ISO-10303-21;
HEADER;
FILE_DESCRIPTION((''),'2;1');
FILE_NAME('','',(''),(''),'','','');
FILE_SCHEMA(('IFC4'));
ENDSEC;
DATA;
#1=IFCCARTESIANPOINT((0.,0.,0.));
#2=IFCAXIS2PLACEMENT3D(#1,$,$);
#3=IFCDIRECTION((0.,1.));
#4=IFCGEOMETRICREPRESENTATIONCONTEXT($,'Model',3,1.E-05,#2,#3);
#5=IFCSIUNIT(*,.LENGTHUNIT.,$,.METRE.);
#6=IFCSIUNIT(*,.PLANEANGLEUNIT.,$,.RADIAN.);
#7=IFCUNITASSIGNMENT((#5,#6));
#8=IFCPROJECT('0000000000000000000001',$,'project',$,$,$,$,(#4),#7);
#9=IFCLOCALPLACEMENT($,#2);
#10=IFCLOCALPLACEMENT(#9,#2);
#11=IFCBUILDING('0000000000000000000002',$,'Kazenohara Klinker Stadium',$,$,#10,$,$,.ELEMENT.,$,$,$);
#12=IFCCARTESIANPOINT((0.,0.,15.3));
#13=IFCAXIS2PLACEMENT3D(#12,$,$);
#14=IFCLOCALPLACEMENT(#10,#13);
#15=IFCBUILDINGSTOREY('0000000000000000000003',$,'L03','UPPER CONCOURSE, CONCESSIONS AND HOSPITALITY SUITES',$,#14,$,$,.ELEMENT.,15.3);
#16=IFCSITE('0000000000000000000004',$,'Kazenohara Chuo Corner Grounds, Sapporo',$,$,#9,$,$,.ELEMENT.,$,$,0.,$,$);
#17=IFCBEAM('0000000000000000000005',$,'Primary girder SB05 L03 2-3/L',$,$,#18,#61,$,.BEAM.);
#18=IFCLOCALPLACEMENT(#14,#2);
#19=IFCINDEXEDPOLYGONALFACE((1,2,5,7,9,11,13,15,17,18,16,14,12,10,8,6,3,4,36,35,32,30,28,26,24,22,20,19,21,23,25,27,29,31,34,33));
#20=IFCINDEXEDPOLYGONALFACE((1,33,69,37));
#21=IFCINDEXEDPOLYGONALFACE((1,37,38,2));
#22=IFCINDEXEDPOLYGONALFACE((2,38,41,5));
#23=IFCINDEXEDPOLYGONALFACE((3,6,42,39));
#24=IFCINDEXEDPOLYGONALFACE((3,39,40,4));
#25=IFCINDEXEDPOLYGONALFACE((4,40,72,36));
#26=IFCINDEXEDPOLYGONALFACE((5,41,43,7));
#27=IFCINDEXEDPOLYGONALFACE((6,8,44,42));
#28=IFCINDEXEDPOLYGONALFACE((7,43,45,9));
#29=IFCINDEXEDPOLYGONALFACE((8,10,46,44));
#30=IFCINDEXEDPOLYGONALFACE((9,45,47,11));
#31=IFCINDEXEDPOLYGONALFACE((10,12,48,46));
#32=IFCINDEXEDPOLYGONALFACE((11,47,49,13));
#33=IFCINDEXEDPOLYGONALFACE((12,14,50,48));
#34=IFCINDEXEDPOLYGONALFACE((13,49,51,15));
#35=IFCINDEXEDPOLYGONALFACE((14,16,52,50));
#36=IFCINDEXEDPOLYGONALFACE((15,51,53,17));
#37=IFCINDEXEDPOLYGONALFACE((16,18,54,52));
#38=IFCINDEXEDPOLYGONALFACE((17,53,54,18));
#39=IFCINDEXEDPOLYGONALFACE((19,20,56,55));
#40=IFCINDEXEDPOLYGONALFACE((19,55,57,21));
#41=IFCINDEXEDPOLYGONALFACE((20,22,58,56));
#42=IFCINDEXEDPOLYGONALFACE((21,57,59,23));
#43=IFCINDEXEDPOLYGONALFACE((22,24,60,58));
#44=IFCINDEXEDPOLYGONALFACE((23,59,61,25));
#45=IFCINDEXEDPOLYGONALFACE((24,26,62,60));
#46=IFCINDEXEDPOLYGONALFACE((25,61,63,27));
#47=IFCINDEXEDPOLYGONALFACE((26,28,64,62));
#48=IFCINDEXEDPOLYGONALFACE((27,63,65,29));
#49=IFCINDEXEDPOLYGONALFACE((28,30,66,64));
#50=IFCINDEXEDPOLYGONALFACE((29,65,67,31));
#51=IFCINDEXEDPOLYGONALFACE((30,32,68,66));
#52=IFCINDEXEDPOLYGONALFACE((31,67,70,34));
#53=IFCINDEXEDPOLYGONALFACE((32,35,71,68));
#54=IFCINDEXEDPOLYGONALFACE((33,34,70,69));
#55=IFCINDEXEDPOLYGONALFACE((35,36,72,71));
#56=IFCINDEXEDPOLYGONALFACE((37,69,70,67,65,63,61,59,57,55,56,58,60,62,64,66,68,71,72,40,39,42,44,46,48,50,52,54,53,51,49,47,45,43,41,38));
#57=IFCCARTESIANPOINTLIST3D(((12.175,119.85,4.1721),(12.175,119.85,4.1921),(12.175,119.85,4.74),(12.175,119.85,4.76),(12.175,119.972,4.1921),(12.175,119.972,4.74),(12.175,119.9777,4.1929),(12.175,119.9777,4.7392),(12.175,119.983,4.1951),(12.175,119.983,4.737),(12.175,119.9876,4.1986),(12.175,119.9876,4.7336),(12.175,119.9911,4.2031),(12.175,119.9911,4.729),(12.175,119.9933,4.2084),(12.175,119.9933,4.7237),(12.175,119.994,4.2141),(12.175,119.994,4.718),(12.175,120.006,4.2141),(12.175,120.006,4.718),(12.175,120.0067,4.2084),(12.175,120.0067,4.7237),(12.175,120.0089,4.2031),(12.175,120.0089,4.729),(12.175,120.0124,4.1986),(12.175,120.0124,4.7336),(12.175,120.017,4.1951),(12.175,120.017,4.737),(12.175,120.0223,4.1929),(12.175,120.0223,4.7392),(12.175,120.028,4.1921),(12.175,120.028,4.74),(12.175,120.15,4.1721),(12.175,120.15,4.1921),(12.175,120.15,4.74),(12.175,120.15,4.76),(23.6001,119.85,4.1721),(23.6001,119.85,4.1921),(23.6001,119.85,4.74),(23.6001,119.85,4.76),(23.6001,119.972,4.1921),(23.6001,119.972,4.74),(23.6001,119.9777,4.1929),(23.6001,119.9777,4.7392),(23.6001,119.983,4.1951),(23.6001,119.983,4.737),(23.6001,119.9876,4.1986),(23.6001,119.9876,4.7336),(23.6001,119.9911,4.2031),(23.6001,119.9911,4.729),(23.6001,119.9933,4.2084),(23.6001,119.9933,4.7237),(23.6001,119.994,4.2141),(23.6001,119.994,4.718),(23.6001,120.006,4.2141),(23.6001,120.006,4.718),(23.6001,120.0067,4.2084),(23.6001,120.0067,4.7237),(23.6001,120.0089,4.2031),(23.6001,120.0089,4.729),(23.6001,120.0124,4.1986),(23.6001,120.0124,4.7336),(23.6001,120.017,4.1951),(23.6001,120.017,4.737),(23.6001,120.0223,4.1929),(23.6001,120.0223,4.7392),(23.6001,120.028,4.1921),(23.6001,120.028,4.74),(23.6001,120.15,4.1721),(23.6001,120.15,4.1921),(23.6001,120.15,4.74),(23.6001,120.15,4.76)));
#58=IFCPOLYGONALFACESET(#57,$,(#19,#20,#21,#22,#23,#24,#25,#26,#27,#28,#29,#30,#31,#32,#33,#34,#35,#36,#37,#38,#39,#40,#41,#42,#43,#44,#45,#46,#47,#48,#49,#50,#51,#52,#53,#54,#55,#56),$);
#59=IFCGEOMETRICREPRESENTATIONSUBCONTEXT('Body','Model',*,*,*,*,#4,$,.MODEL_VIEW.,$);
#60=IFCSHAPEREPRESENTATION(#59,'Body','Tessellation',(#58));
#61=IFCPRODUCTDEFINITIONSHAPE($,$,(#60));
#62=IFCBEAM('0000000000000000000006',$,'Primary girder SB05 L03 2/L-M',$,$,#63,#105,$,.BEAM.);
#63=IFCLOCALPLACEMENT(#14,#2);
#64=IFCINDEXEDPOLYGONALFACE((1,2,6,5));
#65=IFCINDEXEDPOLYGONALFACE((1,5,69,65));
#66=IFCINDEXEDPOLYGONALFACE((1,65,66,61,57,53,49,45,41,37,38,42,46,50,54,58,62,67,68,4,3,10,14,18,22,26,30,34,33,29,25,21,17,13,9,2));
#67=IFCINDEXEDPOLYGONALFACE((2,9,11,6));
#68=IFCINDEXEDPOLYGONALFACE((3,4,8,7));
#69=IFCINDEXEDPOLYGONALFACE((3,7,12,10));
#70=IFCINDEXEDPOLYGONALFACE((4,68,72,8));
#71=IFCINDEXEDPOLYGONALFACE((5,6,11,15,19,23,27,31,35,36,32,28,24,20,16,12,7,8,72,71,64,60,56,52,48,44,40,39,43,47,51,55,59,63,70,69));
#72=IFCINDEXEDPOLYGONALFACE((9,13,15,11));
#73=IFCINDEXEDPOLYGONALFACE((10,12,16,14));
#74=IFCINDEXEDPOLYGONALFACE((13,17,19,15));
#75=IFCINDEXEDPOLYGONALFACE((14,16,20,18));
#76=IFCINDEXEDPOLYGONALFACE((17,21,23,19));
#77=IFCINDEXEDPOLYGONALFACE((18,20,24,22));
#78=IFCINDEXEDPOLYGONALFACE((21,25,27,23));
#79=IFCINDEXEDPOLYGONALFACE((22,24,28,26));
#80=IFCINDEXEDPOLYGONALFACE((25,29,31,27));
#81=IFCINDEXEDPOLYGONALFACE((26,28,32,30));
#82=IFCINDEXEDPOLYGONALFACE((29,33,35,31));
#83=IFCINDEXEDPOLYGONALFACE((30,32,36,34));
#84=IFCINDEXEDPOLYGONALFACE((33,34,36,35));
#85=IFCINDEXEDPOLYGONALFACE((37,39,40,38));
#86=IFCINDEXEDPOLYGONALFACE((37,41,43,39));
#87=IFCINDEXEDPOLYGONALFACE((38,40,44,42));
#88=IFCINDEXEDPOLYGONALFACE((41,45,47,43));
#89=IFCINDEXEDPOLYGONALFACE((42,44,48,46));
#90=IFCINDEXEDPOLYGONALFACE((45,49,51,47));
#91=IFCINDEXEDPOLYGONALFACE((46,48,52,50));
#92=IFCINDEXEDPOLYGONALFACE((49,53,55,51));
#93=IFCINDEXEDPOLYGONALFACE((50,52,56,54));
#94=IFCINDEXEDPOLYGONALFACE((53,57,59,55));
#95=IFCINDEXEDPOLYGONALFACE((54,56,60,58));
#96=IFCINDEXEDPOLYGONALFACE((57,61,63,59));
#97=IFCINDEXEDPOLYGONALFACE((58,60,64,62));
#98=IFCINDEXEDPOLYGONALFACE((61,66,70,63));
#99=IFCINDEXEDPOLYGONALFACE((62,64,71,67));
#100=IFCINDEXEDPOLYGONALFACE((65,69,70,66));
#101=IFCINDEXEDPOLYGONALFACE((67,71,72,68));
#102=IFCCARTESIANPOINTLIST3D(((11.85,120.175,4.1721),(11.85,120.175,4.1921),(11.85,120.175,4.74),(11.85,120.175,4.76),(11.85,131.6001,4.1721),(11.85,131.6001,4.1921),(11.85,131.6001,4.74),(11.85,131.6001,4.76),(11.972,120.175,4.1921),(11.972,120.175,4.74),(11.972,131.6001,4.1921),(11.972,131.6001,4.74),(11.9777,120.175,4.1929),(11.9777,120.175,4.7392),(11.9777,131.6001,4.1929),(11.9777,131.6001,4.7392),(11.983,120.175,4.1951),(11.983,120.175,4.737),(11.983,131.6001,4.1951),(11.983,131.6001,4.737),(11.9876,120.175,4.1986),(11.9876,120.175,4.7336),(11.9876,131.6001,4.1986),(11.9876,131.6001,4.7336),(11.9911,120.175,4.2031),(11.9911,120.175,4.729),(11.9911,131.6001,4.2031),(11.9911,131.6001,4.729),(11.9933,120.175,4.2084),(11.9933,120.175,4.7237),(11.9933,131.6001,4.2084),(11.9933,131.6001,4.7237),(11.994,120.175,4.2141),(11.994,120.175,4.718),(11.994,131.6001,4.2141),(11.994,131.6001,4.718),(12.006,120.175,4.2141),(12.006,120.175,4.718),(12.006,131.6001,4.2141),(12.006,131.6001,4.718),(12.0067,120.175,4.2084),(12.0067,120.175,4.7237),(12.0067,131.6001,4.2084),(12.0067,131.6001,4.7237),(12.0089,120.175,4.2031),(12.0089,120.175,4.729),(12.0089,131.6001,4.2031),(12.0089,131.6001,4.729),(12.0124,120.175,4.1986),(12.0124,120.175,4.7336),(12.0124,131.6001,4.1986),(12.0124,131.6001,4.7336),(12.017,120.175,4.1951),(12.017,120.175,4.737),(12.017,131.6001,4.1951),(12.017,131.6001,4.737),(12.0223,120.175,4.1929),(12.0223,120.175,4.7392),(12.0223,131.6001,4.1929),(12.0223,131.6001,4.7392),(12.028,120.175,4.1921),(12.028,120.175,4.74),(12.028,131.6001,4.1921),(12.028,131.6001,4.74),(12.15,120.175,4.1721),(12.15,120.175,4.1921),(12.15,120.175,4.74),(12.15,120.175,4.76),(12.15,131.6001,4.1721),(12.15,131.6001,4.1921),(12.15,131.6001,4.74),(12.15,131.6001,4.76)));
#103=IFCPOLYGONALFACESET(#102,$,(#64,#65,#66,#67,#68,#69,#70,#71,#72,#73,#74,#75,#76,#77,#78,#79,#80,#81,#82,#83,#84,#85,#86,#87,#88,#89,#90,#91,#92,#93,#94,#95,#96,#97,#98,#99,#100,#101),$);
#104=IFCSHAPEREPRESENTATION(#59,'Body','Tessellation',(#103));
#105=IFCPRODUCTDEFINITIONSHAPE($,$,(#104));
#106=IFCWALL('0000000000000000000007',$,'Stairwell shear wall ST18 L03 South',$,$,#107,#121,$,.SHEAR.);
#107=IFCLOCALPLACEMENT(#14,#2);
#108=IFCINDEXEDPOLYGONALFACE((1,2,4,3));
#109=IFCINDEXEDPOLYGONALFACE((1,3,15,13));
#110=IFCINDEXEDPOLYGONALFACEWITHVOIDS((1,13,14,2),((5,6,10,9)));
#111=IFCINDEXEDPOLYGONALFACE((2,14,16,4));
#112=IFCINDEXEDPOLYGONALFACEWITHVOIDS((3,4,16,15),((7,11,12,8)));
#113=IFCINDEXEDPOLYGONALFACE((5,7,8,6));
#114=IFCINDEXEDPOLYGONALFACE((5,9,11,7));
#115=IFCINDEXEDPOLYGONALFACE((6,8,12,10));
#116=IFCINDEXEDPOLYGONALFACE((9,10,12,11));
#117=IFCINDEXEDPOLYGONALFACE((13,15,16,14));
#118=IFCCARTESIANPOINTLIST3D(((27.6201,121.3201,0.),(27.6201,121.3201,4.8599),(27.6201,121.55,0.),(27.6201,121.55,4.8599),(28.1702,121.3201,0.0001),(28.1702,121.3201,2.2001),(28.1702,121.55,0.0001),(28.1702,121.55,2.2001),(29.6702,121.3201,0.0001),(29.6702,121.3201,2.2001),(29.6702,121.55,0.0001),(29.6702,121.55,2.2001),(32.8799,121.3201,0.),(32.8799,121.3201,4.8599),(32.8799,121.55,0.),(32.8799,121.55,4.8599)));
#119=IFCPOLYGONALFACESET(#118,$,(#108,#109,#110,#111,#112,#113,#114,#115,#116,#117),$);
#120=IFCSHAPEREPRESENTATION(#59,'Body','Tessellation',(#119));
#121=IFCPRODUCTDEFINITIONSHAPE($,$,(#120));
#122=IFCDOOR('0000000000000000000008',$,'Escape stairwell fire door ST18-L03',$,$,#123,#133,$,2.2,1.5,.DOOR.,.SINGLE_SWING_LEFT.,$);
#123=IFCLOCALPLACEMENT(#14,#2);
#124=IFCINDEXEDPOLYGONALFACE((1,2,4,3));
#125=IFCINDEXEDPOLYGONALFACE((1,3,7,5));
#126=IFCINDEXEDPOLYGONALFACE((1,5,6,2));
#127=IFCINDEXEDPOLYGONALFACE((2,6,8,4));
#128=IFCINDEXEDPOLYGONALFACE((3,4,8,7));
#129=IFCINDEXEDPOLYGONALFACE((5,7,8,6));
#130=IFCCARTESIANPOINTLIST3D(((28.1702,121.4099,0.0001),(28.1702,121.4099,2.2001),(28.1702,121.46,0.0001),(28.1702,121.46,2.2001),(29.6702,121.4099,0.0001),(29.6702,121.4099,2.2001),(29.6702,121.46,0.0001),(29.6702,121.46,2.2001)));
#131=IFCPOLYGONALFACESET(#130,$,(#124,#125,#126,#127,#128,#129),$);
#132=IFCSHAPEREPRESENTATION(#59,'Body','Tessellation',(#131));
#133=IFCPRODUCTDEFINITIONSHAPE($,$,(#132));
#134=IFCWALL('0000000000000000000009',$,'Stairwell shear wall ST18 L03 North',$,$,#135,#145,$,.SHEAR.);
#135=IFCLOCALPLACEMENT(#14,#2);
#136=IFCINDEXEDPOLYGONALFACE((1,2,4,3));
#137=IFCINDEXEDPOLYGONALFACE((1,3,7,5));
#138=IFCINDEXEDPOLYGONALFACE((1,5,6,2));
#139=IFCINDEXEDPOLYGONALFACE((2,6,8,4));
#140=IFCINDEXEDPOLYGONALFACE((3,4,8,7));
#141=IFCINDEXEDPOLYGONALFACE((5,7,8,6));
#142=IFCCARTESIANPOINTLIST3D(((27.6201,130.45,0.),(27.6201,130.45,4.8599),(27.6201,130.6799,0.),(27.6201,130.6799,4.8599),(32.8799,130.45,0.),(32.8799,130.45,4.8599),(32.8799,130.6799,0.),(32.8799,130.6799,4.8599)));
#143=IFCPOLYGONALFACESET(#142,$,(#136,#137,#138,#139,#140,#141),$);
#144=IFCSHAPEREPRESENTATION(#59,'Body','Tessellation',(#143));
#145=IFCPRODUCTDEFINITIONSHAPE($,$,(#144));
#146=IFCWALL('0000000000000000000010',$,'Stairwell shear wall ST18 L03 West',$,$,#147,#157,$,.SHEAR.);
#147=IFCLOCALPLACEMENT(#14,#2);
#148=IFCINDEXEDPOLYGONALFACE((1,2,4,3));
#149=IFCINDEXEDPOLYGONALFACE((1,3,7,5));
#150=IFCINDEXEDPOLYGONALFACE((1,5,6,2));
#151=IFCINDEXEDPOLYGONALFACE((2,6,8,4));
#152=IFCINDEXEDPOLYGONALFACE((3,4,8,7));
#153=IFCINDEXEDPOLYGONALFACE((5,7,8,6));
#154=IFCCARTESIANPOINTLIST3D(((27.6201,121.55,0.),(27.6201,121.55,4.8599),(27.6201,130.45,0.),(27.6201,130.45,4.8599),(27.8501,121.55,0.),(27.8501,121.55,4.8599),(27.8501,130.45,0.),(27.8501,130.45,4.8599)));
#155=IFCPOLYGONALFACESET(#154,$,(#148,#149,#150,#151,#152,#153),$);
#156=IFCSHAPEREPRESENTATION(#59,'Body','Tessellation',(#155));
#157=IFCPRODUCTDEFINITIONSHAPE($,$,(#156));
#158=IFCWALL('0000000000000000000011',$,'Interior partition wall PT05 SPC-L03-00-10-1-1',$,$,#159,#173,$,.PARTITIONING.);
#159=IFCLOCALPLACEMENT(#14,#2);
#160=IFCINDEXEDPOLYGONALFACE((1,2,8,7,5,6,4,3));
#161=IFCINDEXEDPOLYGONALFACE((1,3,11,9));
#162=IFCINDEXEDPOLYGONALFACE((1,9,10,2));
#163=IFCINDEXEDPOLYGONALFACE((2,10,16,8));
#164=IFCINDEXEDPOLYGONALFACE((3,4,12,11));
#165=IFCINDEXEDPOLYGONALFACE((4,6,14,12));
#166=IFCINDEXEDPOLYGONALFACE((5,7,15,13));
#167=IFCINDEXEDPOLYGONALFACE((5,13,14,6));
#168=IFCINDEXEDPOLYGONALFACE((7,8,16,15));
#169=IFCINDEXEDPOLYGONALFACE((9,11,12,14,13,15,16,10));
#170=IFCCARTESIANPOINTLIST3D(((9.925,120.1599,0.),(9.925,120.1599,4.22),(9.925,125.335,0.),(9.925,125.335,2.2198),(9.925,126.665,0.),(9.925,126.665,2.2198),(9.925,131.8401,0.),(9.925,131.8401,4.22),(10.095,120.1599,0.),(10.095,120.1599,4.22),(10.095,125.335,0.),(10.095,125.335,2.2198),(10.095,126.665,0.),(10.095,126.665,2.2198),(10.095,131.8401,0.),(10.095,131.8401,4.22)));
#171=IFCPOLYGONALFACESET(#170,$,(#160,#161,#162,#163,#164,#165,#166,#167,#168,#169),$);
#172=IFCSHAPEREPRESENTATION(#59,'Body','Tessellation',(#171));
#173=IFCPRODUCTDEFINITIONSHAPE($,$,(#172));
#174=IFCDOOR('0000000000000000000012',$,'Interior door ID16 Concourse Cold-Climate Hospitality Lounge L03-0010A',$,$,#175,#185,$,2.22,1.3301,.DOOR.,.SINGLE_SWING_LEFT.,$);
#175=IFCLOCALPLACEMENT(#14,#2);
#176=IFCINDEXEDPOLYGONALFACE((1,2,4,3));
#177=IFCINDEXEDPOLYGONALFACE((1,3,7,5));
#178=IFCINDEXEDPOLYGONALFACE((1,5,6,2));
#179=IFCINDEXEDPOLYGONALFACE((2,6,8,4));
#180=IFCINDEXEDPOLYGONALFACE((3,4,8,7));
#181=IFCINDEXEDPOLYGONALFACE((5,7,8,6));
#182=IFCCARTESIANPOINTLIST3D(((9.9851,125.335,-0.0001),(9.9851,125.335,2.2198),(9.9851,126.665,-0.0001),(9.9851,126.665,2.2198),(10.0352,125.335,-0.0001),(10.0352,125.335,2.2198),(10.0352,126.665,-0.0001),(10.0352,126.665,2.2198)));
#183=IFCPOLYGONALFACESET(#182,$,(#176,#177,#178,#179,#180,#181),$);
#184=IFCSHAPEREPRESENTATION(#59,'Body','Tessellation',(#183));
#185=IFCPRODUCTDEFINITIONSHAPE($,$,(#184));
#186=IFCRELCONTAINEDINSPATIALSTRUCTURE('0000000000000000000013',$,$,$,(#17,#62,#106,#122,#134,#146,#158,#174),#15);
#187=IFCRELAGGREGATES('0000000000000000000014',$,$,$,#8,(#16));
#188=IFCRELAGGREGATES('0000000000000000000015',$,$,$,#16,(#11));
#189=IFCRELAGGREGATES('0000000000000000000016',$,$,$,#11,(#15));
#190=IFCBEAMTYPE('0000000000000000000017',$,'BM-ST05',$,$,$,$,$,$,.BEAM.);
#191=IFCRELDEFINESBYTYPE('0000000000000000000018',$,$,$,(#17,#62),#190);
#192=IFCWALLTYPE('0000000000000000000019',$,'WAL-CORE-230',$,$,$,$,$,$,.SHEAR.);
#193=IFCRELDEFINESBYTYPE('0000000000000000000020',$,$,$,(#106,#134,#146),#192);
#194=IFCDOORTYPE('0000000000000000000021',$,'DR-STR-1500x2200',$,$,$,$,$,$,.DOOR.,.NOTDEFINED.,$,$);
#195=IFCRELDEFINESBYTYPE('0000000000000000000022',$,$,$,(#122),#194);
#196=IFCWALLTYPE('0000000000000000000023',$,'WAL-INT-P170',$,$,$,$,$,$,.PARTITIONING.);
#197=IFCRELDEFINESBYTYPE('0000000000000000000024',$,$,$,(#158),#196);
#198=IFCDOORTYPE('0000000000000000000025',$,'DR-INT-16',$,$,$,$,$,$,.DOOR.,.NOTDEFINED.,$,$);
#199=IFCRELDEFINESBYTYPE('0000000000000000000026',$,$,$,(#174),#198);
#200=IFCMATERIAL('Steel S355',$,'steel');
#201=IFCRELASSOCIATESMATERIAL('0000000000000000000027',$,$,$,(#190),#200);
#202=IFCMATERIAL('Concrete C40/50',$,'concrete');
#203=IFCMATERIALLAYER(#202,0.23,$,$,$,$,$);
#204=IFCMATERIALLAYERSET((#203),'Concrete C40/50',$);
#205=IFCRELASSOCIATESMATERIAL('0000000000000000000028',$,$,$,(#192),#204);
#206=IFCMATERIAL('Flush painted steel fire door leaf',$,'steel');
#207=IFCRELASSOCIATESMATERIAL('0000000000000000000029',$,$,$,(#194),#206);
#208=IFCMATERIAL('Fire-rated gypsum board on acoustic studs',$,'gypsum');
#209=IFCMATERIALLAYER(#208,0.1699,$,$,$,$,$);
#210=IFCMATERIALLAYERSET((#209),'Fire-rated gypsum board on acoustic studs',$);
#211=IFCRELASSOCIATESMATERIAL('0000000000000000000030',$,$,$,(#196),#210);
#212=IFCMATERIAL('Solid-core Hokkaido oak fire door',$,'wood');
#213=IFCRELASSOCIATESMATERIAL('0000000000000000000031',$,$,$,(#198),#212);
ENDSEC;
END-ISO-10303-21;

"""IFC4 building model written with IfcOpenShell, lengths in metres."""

from ifc_helpers import new_model, si_unit, direction, frame, frame_2d, origin, origin_2d, place, context, subcontext, project, spatial, rectangle, i_section, extrude, material, layer, layer_set, material_profile, profile_set, type_object, element, fill, save


model = new_model("IFC4")

# Units and contexts
model_context = context("Model", 3, precision=1e-05, world=origin(), true_north=direction((0.0, 1.0)))
body_context = subcontext(model_context, "Body", "Model", "MODEL_VIEW")
ifc_project = project(units=[si_unit("LENGTHUNIT", "METRE"), si_unit("PLANEANGLEUNIT", "RADIAN")], contexts=[model_context])

# Site, building, storey
site_placement = place(None, origin())
site = spatial("IfcSite", under=ifc_project, at=site_placement, Name="Kazenohara Chuo Corner Grounds, Sapporo", CompositionType="ELEMENT", RefElevation=0.0)
building_placement = place(site_placement, origin())
building = spatial("IfcBuilding", under=site, at=building_placement, Name="Kazenohara Klinker Stadium", CompositionType="ELEMENT")
storey_placement = place(building_placement, frame((0.0, 0.0, 15.3)))
storey = spatial("IfcBuildingStorey", under=building, at=storey_placement, Name="L03", Description="UPPER CONCOURSE, CONCESSIONS AND HOSPITALITY SUITES", CompositionType="ELEMENT", Elevation=15.3)

# Shared definitions
ifc_material_1 = material(Name="Concrete C40/50", Category="concrete")

# Beams
ifc_material_2 = material(Name="Steel S355", Category="steel")
ifc_material_profile_1 = material_profile(ifc_material_2, i_section(OverallWidth=0.3, OverallDepth=0.5879, WebThickness=0.012, FlangeThickness=0.02, FilletRadius=0.022, at=origin_2d()), Name="H-588x300x12x20")
ifc_profile_set_1 = profile_set([ifc_material_profile_1], Name="Steel S355")
beam_type_1 = type_object("IfcBeamType", Name="BM-ST05", PredefinedType="BEAM", material=ifc_profile_set_1)
for number, where, z_axis, x_axis, name in (
    (1, (12.175, 120.0, 4.4661), (1.0, 0.0, 0.0), (0.0, 1.0, 0.0), "Primary girder SB05 L03 2-3/L"),
    (2, (12.0, 120.175, 4.4661), (0.0, 1.0, 0.0), (-1.0, 0.0, 0.0), "Primary girder SB05 L03 2/L-M"),
):
    element("IfcBeam", number, at=place(storey_placement, frame(where, z_axis=z_axis, x_axis=x_axis)), inside=storey, type_object=beam_type_1, Name=name, PredefinedType="BEAM", context=body_context, shape_type="SweptSolid", body=[
        extrude(i_section(OverallWidth=0.3, OverallDepth=0.5879, WebThickness=0.012, FlangeThickness=0.02, FilletRadius=0.022, at=origin_2d()), origin(), (0.0, 0.0, 1.0), 11.425),
    ])

# Wall, opening, door
ifc_layer_1 = layer(ifc_material_1, 0.23)
ifc_layer_set_1 = layer_set([ifc_layer_1], Name="Concrete C40/50")
wall_type_1 = type_object("IfcWallType", Name="WAL-CORE-230", PredefinedType="SHEAR", material=ifc_layer_set_1)
wall_1_placement = place(storey_placement, frame((27.6201, 121.4351, 0.0), z_axis=(0.0, 0.0, 1.0), x_axis=(1.0, 0.0, 0.0)))
wall_1 = element("IfcWall", 3, at=wall_1_placement, inside=storey, type_object=wall_type_1, Name="Stairwell shear wall ST18 L03 South", PredefinedType="SHEAR", context=body_context, shape_type="SweptSolid", body=[
    extrude(rectangle(XDim=5.2598, YDim=0.23, at=frame_2d((2.6299, 0.0))), origin(), (0.0, 0.0, 1.0), 4.8599),
])
opening_1_placement = place(wall_1_placement, frame((0.55, 0.0, 0.0)))
opening_1 = element("IfcOpeningElement", 4, at=opening_1_placement, cuts=wall_1, PredefinedType="OPENING", context=body_context, shape_type="SweptSolid", body=[
    extrude(rectangle(XDim=1.5, YDim=2.2, at=frame_2d((0.75, 1.1001))), frame((0.0, 0.125, 0.0), z_axis=(0.0, -1.0, 0.0), x_axis=(1.0, 0.0, 0.0)), (0.0, 0.0, 1.0), 0.25),
])
ifc_material_3 = material(Name="Flush painted steel fire door leaf", Category="steel")
door_type_1 = type_object("IfcDoorType", Name="DR-STR-1500x2200", OperationType="NOTDEFINED", PredefinedType="DOOR", material=ifc_material_3)
door_1_placement = place(opening_1_placement, origin())
door_1 = element("IfcDoor", 5, at=door_1_placement, inside=storey, type_object=door_type_1, Name="Escape stairwell fire door ST18-L03", OperationType="SINGLE_SWING_LEFT", OverallHeight=2.2, OverallWidth=1.5, PredefinedType="DOOR", context=body_context, shape_type="SweptSolid", body=[
    extrude(rectangle(XDim=1.5, YDim=2.2, at=frame_2d((0.75, 1.1001))), frame((0.0, 0.0249, 0.0), z_axis=(0.0, -1.0, 0.0), x_axis=(1.0, 0.0, 0.0)), (0.0, 0.0, 1.0), 0.05),
])
fill(opening_1, door_1)

# Walls
wall_2_placement = place(storey_placement, frame((27.6201, 130.5649, 0.0), z_axis=(0.0, 0.0, 1.0), x_axis=(1.0, 0.0, 0.0)))
element("IfcWall", 6, at=wall_2_placement, inside=storey, type_object=wall_type_1, Name="Stairwell shear wall ST18 L03 North", PredefinedType="SHEAR", context=body_context, shape_type="SweptSolid", body=[
    extrude(rectangle(XDim=5.2598, YDim=0.23, at=frame_2d((2.6299, 0.0))), origin(), (0.0, 0.0, 1.0), 4.8599),
])
wall_3_placement = place(storey_placement, frame((27.7351, 121.55, 0.0), z_axis=(0.0, 0.0, 1.0), x_axis=(0.0, 1.0, 0.0)))
element("IfcWall", 7, at=wall_3_placement, inside=storey, type_object=wall_type_1, Name="Stairwell shear wall ST18 L03 West", PredefinedType="SHEAR", context=body_context, shape_type="SweptSolid", body=[
    extrude(rectangle(XDim=8.8999, YDim=0.23, at=frame_2d((4.45, 0.0))), origin(), (0.0, 0.0, 1.0), 4.8599),
])

# Wall, opening, door
ifc_material_4 = material(Name="Fire-rated gypsum board on acoustic studs", Category="gypsum")
ifc_layer_2 = layer(ifc_material_4, 0.1699)
ifc_layer_set_2 = layer_set([ifc_layer_2], Name="Fire-rated gypsum board on acoustic studs")
wall_type_2 = type_object("IfcWallType", Name="WAL-INT-P170", PredefinedType="PARTITIONING", material=ifc_layer_set_2)
wall_4_placement = place(storey_placement, frame((10.01, 120.1599, 0.0), z_axis=(0.0, 0.0, 1.0), x_axis=(0.0, 1.0, 0.0)))
wall_4 = element("IfcWall", 8, at=wall_4_placement, inside=storey, type_object=wall_type_2, Name="Interior partition wall PT05 SPC-L03-00-10-1-1", PredefinedType="PARTITIONING", context=body_context, shape_type="SweptSolid", body=[
    extrude(rectangle(XDim=11.6802, YDim=0.1699, at=frame_2d((5.8401, 0.0))), origin(), (0.0, 0.0, 1.0), 4.22),
])
opening_2_placement = place(wall_4_placement, frame((5.175, 0.0, 0.0)))
opening_2 = element("IfcOpeningElement", 9, at=opening_2_placement, cuts=wall_4, PredefinedType="OPENING", context=body_context, shape_type="SweptSolid", body=[
    extrude(rectangle(XDim=1.3301, YDim=2.22, at=frame_2d((0.665, 1.1099))), frame((0.0, 0.095, 0.0), z_axis=(0.0, -1.0, 0.0), x_axis=(1.0, 0.0, 0.0)), (0.0, 0.0, 1.0), 0.1899),
])
ifc_material_5 = material(Name="Solid-core Hokkaido oak fire door", Category="wood")
door_type_2 = type_object("IfcDoorType", Name="DR-INT-16", OperationType="NOTDEFINED", PredefinedType="DOOR", material=ifc_material_5)
door_2_placement = place(opening_2_placement, origin())
door_2 = element("IfcDoor", 10, at=door_2_placement, inside=storey, type_object=door_type_2, Name="Interior door ID16 Concourse Cold-Climate Hospitality Lounge L03-0010A", OperationType="SINGLE_SWING_LEFT", OverallHeight=2.22, OverallWidth=1.3301, PredefinedType="DOOR", context=body_context, shape_type="SweptSolid", body=[
    extrude(rectangle(XDim=1.3301, YDim=2.22, at=frame_2d((0.665, 1.1099))), frame((0.0, 0.0249, 0.0), z_axis=(0.0, -1.0, 0.0), x_axis=(1.0, 0.0, 0.0)), (0.0, 0.0, 1.0), 0.05),
])
fill(opening_2, door_2)

save(model, "model.ifc")
